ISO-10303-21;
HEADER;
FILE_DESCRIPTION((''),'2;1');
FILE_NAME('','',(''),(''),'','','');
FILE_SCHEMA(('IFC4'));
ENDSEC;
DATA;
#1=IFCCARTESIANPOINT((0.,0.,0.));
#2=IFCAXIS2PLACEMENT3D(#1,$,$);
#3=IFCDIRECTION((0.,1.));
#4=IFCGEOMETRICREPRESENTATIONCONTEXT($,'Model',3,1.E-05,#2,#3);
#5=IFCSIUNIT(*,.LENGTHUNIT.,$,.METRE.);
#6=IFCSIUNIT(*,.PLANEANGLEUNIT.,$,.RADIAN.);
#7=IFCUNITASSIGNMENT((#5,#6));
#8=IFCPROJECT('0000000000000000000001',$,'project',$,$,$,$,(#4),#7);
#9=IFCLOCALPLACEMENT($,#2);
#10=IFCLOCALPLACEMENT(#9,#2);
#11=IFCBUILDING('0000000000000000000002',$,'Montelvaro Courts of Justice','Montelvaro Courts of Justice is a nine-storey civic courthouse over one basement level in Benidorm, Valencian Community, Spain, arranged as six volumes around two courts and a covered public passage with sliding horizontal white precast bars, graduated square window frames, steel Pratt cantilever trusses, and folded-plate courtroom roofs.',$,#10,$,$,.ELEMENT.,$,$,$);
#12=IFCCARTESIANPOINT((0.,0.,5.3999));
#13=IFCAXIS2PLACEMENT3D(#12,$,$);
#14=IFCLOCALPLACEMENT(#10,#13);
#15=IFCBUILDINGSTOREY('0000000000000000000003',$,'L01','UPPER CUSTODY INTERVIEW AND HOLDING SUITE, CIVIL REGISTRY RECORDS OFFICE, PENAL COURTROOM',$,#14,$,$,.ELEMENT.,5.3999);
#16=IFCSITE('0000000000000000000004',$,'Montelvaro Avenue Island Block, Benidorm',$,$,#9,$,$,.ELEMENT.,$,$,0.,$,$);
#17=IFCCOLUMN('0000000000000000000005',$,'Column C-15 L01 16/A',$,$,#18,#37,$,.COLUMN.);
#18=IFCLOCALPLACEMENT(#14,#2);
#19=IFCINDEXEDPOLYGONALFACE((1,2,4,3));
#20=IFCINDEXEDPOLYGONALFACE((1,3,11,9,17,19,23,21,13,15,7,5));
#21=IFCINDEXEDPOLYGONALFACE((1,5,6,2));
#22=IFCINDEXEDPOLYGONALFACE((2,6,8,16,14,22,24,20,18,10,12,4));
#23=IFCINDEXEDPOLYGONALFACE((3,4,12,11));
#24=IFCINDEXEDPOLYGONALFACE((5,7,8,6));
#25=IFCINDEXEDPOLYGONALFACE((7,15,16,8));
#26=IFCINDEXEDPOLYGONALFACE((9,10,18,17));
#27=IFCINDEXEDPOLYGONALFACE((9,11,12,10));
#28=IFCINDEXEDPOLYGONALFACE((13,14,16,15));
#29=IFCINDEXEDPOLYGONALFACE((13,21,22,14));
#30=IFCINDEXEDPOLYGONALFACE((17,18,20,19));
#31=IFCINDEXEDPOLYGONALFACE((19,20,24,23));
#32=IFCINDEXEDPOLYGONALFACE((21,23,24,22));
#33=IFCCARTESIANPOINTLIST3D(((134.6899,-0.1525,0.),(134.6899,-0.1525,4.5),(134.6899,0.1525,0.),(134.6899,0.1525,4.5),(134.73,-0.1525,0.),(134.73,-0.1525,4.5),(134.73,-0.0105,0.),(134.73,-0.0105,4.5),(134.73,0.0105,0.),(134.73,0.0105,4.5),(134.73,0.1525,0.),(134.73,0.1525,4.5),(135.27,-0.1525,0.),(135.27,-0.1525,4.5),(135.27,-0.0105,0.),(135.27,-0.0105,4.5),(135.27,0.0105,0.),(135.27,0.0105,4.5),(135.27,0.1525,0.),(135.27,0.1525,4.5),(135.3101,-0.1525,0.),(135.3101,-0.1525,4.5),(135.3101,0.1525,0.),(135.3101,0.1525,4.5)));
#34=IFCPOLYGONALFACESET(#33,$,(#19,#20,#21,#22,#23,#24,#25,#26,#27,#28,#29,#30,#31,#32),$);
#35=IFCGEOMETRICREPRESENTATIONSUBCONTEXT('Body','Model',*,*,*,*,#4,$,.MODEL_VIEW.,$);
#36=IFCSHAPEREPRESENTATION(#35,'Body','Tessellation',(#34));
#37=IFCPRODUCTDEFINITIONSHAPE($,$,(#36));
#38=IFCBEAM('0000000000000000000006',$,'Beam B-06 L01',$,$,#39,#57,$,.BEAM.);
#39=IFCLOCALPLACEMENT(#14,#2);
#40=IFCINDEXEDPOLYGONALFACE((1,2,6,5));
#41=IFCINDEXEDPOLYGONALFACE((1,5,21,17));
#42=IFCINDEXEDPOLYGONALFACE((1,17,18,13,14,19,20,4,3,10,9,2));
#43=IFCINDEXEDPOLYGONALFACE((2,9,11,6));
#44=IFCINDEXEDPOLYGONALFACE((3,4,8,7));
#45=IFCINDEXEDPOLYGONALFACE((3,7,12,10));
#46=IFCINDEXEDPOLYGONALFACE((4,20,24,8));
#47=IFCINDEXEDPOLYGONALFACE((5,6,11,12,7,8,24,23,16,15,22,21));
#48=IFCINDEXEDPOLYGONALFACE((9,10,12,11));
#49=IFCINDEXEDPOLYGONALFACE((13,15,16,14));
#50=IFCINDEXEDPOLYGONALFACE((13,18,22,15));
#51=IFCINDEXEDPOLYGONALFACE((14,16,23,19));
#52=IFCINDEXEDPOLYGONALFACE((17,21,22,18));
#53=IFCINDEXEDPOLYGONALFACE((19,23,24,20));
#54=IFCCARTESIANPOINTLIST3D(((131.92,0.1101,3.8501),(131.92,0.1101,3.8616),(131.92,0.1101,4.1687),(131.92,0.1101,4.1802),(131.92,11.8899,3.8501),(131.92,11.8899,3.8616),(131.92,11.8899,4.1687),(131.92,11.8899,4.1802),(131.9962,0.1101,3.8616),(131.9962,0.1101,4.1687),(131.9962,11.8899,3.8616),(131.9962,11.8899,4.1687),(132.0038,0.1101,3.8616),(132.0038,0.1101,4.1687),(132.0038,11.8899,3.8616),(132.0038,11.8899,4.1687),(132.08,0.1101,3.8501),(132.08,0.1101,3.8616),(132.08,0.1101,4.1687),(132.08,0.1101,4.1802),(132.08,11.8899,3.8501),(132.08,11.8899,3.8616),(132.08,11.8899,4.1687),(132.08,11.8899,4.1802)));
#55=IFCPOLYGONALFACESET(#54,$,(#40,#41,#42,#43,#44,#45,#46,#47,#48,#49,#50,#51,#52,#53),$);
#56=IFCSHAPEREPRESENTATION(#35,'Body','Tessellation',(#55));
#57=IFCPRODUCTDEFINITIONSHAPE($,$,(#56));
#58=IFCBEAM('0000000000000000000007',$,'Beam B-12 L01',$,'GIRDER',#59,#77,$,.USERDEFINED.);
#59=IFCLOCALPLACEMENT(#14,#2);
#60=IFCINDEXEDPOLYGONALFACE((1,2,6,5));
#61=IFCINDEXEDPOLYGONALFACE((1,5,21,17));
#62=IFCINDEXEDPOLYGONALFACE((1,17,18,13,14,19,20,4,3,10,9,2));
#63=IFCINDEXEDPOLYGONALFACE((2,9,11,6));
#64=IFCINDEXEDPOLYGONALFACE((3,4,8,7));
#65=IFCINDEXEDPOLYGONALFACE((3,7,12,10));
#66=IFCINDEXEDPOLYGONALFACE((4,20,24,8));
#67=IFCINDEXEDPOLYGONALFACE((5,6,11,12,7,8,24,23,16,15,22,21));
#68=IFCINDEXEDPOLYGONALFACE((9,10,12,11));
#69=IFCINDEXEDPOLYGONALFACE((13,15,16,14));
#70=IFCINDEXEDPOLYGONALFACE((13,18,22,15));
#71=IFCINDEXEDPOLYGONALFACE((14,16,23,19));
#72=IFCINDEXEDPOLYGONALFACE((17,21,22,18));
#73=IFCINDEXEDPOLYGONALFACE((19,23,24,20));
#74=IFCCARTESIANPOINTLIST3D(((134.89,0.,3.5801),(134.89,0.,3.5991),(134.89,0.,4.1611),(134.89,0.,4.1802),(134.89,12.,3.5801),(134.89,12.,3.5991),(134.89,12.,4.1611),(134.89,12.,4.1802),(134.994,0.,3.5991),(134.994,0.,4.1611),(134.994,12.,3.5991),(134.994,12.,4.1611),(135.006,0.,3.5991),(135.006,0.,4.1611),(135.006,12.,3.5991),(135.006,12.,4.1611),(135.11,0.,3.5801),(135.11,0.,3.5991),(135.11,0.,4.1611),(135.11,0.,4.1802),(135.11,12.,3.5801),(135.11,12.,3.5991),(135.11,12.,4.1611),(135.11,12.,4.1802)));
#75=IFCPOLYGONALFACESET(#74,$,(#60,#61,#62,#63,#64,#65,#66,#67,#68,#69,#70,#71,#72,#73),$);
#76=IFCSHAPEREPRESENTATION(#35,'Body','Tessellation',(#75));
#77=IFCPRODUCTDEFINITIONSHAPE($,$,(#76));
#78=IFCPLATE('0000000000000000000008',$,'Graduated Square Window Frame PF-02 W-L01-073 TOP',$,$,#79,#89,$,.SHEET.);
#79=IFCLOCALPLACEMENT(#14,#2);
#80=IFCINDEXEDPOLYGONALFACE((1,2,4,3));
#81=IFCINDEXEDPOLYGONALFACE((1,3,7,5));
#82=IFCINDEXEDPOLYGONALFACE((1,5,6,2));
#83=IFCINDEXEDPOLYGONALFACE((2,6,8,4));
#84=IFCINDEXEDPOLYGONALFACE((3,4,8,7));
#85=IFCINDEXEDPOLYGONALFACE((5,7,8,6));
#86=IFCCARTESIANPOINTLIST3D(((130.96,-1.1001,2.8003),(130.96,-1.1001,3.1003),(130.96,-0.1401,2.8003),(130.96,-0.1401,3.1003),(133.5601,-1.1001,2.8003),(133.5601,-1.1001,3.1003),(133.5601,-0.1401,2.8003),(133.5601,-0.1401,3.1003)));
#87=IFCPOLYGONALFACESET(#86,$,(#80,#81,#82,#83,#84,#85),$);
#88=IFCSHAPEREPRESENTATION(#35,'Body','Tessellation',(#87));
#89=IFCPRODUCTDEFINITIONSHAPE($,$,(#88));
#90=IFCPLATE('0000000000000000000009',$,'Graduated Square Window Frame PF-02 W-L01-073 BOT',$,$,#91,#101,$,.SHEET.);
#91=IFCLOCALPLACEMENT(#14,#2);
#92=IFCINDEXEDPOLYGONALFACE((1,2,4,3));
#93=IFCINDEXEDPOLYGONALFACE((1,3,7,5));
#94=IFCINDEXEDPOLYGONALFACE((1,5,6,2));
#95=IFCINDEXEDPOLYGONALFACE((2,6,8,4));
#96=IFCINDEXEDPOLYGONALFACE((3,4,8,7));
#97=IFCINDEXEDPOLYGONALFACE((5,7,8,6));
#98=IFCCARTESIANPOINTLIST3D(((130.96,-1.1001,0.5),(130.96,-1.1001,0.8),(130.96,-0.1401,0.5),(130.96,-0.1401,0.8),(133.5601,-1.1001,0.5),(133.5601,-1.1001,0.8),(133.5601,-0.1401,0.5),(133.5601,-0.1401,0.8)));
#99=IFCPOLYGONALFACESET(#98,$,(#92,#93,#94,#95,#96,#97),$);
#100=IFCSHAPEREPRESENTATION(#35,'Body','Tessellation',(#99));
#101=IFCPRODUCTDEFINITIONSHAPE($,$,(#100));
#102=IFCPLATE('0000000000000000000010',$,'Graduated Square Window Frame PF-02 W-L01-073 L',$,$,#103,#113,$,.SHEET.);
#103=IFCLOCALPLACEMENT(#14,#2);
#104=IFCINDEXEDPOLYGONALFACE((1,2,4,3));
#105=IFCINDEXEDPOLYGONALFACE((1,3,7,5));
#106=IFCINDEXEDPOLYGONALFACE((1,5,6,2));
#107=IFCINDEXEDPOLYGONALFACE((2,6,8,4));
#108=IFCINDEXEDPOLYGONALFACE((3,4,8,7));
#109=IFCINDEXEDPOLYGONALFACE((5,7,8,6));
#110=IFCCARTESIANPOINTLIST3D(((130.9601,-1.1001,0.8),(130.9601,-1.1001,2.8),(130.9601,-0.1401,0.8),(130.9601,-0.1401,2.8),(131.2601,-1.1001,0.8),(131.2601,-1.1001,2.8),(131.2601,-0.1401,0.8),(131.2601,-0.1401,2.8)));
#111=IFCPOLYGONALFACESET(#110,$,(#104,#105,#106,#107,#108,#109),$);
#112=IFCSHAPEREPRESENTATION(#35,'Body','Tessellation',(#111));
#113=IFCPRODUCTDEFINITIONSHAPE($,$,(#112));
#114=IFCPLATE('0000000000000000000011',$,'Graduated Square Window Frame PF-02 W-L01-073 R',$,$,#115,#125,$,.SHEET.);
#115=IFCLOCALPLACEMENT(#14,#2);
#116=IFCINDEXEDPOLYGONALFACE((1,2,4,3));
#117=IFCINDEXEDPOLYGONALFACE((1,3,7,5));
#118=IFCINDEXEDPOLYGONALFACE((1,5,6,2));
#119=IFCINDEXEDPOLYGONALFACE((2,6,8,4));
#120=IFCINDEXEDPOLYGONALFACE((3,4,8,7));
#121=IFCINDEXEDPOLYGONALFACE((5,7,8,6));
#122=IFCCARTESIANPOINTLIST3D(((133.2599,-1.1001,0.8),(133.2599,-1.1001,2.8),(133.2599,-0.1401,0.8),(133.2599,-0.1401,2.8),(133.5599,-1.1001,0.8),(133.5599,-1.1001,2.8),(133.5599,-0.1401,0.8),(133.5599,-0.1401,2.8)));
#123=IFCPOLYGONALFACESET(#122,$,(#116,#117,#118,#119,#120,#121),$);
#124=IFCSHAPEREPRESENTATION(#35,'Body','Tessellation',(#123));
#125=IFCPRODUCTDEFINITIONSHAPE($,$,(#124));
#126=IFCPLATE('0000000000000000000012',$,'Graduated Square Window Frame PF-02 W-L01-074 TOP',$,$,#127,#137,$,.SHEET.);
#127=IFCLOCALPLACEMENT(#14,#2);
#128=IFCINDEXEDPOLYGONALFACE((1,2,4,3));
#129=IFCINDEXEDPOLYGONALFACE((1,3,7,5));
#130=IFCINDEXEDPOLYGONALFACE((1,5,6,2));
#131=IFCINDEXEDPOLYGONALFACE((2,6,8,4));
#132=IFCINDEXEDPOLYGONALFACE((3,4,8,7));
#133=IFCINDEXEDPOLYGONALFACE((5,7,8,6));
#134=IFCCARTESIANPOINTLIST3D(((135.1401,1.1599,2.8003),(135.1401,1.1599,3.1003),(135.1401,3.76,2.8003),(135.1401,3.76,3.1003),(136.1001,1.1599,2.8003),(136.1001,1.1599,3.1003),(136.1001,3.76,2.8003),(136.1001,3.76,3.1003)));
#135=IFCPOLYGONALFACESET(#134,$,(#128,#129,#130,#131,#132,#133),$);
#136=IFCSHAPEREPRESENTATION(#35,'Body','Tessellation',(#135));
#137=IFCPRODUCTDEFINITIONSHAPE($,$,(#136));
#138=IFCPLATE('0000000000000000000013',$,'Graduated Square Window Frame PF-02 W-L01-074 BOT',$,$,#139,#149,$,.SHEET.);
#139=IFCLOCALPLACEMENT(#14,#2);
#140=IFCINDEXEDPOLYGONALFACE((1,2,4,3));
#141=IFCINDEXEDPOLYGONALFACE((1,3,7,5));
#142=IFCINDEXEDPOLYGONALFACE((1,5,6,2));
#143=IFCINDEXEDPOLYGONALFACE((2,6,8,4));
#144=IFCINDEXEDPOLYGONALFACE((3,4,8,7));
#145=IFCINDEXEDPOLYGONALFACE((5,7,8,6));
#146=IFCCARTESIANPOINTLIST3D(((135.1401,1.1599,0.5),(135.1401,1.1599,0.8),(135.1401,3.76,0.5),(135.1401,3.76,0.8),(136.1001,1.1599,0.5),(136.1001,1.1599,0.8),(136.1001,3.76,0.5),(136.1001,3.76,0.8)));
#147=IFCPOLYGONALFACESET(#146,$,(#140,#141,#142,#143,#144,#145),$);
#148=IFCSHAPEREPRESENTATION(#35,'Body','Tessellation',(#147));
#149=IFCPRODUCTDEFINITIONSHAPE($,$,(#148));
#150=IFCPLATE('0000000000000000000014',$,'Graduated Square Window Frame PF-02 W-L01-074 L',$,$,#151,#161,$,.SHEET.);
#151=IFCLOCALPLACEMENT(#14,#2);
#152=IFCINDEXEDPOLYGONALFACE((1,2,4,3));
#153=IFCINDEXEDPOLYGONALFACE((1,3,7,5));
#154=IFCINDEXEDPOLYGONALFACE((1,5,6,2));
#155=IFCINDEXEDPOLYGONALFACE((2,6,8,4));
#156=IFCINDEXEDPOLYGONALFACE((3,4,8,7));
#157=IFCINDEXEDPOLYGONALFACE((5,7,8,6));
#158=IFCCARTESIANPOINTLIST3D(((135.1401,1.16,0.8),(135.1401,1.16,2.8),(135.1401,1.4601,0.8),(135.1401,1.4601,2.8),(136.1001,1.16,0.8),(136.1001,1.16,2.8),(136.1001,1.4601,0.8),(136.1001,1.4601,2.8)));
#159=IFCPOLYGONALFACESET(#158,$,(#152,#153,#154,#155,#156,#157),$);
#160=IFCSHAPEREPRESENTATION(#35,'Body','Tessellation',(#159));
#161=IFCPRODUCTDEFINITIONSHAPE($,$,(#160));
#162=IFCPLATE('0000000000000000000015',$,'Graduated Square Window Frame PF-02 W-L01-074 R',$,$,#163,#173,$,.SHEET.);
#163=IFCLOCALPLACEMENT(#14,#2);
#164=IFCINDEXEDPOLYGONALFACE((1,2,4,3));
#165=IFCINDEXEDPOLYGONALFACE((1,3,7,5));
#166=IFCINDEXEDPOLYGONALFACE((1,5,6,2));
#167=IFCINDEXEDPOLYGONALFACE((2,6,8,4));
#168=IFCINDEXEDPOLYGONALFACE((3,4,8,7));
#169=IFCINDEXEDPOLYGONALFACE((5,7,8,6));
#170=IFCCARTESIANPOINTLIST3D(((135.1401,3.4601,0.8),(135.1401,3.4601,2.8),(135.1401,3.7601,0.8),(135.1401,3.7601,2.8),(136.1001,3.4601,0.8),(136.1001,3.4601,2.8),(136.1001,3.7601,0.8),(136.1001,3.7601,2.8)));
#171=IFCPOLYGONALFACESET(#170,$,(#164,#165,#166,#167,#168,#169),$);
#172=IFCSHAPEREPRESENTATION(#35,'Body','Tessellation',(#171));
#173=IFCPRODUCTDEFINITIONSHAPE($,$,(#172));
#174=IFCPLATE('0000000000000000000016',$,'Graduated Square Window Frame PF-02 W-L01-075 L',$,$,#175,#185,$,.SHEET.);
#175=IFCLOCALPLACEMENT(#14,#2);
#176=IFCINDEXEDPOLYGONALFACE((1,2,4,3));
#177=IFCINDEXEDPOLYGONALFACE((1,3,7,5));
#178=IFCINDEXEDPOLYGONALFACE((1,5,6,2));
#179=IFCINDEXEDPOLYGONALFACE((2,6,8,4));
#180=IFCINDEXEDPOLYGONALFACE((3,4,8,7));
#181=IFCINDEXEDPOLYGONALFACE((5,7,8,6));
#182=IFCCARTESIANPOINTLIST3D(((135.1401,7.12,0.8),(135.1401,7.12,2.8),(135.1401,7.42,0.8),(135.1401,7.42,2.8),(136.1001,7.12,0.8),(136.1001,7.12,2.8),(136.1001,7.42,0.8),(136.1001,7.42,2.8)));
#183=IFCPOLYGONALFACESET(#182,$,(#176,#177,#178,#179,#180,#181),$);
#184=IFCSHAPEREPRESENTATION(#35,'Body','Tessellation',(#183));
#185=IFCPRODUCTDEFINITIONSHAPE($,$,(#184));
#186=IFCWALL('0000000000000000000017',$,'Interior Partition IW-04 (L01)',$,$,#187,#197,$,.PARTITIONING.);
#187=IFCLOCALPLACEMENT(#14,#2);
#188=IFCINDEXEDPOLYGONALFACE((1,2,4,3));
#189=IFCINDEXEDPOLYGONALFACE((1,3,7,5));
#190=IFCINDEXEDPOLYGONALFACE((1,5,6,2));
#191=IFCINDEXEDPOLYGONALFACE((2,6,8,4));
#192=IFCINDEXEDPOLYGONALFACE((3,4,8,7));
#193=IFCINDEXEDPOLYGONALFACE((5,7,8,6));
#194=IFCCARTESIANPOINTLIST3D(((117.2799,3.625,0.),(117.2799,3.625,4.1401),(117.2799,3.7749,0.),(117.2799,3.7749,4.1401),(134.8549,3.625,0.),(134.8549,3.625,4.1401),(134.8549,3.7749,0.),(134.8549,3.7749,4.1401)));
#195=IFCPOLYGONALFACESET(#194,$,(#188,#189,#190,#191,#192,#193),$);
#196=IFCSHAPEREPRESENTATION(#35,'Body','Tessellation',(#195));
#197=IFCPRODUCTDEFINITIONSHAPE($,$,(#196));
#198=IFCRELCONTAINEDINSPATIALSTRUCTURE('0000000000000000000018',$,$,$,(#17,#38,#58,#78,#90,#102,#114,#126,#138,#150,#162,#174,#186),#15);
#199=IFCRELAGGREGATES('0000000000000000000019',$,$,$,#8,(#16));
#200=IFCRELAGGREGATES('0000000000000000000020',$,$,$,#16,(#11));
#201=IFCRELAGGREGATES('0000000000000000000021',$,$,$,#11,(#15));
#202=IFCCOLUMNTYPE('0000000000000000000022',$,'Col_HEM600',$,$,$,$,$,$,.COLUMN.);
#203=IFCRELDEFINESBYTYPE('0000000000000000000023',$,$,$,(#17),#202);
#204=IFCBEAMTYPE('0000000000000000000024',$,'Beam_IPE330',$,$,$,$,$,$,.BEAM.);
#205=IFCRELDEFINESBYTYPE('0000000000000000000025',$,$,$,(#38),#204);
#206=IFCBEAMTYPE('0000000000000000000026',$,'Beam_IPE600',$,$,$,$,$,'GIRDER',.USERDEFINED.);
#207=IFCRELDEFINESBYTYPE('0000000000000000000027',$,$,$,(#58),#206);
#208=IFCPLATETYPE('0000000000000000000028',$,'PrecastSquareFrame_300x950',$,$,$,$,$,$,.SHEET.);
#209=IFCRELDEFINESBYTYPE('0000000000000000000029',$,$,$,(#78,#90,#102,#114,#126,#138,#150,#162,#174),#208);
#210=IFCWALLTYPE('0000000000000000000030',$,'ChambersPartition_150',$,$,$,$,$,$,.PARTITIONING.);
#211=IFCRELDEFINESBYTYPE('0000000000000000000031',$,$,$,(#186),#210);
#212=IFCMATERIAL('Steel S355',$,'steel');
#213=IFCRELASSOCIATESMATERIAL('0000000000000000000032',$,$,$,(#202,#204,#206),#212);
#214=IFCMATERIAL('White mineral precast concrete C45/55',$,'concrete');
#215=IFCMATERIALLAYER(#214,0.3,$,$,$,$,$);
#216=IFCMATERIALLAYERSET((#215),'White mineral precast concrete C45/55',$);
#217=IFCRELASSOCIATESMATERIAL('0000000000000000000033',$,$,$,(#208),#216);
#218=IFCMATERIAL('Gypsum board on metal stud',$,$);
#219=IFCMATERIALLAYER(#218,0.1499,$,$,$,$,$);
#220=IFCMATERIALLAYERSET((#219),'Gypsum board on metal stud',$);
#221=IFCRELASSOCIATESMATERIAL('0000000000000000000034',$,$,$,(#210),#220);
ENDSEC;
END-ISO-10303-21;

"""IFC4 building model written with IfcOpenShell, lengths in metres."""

from ifc_helpers import new_model, si_unit, direction, frame, frame_2d, origin, origin_2d, place, context, subcontext, project, spatial, rectangle, i_section, extrude, material, layer, layer_set, material_profile, profile_set, type_object, element, save


model = new_model("IFC4")

# Units and contexts
model_context = context("Model", 3, precision=1e-05, world=origin(), true_north=direction((0.0, 1.0)))
body_context = subcontext(model_context, "Body", "Model", "MODEL_VIEW")
ifc_project = project(units=[si_unit("LENGTHUNIT", "METRE"), si_unit("PLANEANGLEUNIT", "RADIAN")], contexts=[model_context])

# Site, building, storey
site_placement = place(None, origin())
site = spatial("IfcSite", under=ifc_project, at=site_placement, Name="Montelvaro Avenue Island Block, Benidorm", CompositionType="ELEMENT", RefElevation=0.0)
building_placement = place(site_placement, origin())
building = spatial("IfcBuilding", under=site, at=building_placement, Name="Montelvaro Courts of Justice", Description="Montelvaro Courts of Justice is a nine-storey civic courthouse over one basement level in Benidorm, Valencian Community, Spain, arranged as six volumes around two courts and a covered public passage with sliding horizontal white precast bars, graduated square window frames, steel Pratt cantilever trusses, and folded-plate courtroom roofs.", CompositionType="ELEMENT")
storey_placement = place(building_placement, frame((0.0, 0.0, 5.3999)))
storey = spatial("IfcBuildingStorey", under=building, at=storey_placement, Name="L01", Description="UPPER CUSTODY INTERVIEW AND HOLDING SUITE, CIVIL REGISTRY RECORDS OFFICE, PENAL COURTROOM", CompositionType="ELEMENT", Elevation=5.3999)

# Column
ifc_material_1 = material(Name="Steel S355", Category="steel")
ifc_material_profile_1 = material_profile(ifc_material_1, i_section(OverallWidth=0.3049, OverallDepth=0.6201, WebThickness=0.021, FlangeThickness=0.04, at=origin_2d()), Name="HEM 600")
ifc_profile_set_1 = profile_set([ifc_material_profile_1], Name="Steel S355")
column_type = type_object("IfcColumnType", Name="Col_HEM600", PredefinedType="COLUMN", material=ifc_profile_set_1)
column_placement = place(storey_placement, frame((135.0, 0.0, 0.0), z_axis=(0.0, 0.0, 1.0), x_axis=(0.0, 1.0, 0.0)))
element("IfcColumn", 1, at=column_placement, inside=storey, type_object=column_type, Name="Column C-15 L01 16/A", PredefinedType="COLUMN", context=body_context, shape_type="SweptSolid", body=[
    extrude(i_section(OverallWidth=0.3049, OverallDepth=0.6201, WebThickness=0.021, FlangeThickness=0.04, at=origin_2d()), origin(), (0.0, 0.0, 1.0), 4.5),
])

# Beams
ifc_material_profile_2 = material_profile(ifc_material_1, i_section(OverallWidth=0.1599, OverallDepth=0.3301, WebThickness=0.0076, FlangeThickness=0.0115, at=origin_2d()), Name="IPE 330")
ifc_profile_set_2 = profile_set([ifc_material_profile_2], Name="Steel S355")
beam_type_1 = type_object("IfcBeamType", Name="Beam_IPE330", PredefinedType="BEAM", material=ifc_profile_set_2)
beam_1_placement = place(storey_placement, frame((132.0, 0.1101, 4.0151), z_axis=(0.0, 1.0, 0.0), x_axis=(-1.0, 0.0, 0.0)))
element("IfcBeam", 2, at=beam_1_placement, inside=storey, type_object=beam_type_1, Name="Beam B-06 L01", PredefinedType="BEAM", context=body_context, shape_type="SweptSolid", body=[
    extrude(i_section(OverallWidth=0.1599, OverallDepth=0.3301, WebThickness=0.0076, FlangeThickness=0.0115, at=origin_2d()), origin(), (0.0, 0.0, 1.0), 11.7798),
])
ifc_material_profile_3 = material_profile(ifc_material_1, i_section(OverallWidth=0.22, OverallDepth=0.6001, WebThickness=0.012, FlangeThickness=0.019, at=origin_2d()), Name="IPE 600")
ifc_profile_set_3 = profile_set([ifc_material_profile_3], Name="Steel S355")
beam_type_2 = type_object("IfcBeamType", Name="Beam_IPE600", ElementType="GIRDER", PredefinedType="USERDEFINED", material=ifc_profile_set_3)
beam_2_placement = place(storey_placement, frame((135.0, 0.0, 3.8801), z_axis=(0.0, 1.0, 0.0), x_axis=(-1.0, 0.0, 0.0)))
element("IfcBeam", 3, at=beam_2_placement, inside=storey, type_object=beam_type_2, Name="Beam B-12 L01", ObjectType="GIRDER", PredefinedType="USERDEFINED", context=body_context, shape_type="SweptSolid", body=[
    extrude(i_section(OverallWidth=0.22, OverallDepth=0.6001, WebThickness=0.012, FlangeThickness=0.019, at=origin_2d()), origin(), (0.0, 0.0, 1.0), 12.0),
])

# Plates
ifc_material_2 = material(Name="White mineral precast concrete C45/55", Category="concrete")
ifc_layer_1 = layer(ifc_material_2, 0.3)
ifc_layer_set_1 = layer_set([ifc_layer_1], Name="White mineral precast concrete C45/55")
plate_type = type_object("IfcPlateType", Name="PrecastSquareFrame_300x950", PredefinedType="SHEET", material=ifc_layer_set_1)
for number, where, z_axis, x_axis, name in (
    (4, (132.26, -0.6201, 2.8003), (0.0, 0.0, 1.0), (1.0, 0.0, 0.0), "Graduated Square Window Frame PF-02 W-L01-073 TOP"),
    (5, (132.26, -0.6201, 0.5), (0.0, 0.0, 1.0), (1.0, 0.0, 0.0), "Graduated Square Window Frame PF-02 W-L01-073 BOT"),
):
    element("IfcPlate", number, at=place(storey_placement, frame(where, z_axis=z_axis, x_axis=x_axis)), inside=storey, type_object=plate_type, Name=name, PredefinedType="SHEET", context=body_context, shape_type="SweptSolid", body=[
        extrude(rectangle(XDim=2.6001, YDim=0.96, at=origin_2d()), origin(), (0.0, 0.0, 1.0), 0.3),
    ])
for number, where, z_axis, x_axis, name in (
    (6, (131.1101, -0.6201, 0.8), (0.0, 0.0, 1.0), (1.0, 0.0, 0.0), "Graduated Square Window Frame PF-02 W-L01-073 L"),
    (7, (133.4099, -0.6201, 0.8), (0.0, 0.0, 1.0), (1.0, 0.0, 0.0), "Graduated Square Window Frame PF-02 W-L01-073 R"),
):
    element("IfcPlate", number, at=place(storey_placement, frame(where, z_axis=z_axis, x_axis=x_axis)), inside=storey, type_object=plate_type, Name=name, PredefinedType="SHEET", context=body_context, shape_type="SweptSolid", body=[
        extrude(rectangle(XDim=0.3, YDim=0.96, at=origin_2d()), origin(), (0.0, 0.0, 1.0), 2.0),
    ])
for number, where, z_axis, x_axis, name in (
    (8, (135.6201, 2.46, 2.8003), (0.0, 0.0, 1.0), (0.0, 1.0, 0.0), "Graduated Square Window Frame PF-02 W-L01-074 TOP"),
    (9, (135.6201, 2.46, 0.5), (0.0, 0.0, 1.0), (0.0, 1.0, 0.0), "Graduated Square Window Frame PF-02 W-L01-074 BOT"),
):
    element("IfcPlate", number, at=place(storey_placement, frame(where, z_axis=z_axis, x_axis=x_axis)), inside=storey, type_object=plate_type, Name=name, PredefinedType="SHEET", context=body_context, shape_type="SweptSolid", body=[
        extrude(rectangle(XDim=2.6001, YDim=0.96, at=origin_2d()), origin(), (0.0, 0.0, 1.0), 0.3),
    ])
for number, where, z_axis, x_axis, name in (
    (10, (135.6201, 1.3101, 0.8), (0.0, 0.0, 1.0), (0.0, 1.0, 0.0), "Graduated Square Window Frame PF-02 W-L01-074 L"),
    (11, (135.6201, 3.6101, 0.8), (0.0, 0.0, 1.0), (0.0, 1.0, 0.0), "Graduated Square Window Frame PF-02 W-L01-074 R"),
    (12, (135.6201, 7.27, 0.8), (0.0, 0.0, 1.0), (0.0, 1.0, 0.0), "Graduated Square Window Frame PF-02 W-L01-075 L"),
):
    element("IfcPlate", number, at=place(storey_placement, frame(where, z_axis=z_axis, x_axis=x_axis)), inside=storey, type_object=plate_type, Name=name, PredefinedType="SHEET", context=body_context, shape_type="SweptSolid", body=[
        extrude(rectangle(XDim=0.3, YDim=0.96, at=origin_2d()), origin(), (0.0, 0.0, 1.0), 2.0),
    ])

# Wall
ifc_material_3 = material(Name="Gypsum board on metal stud")
ifc_layer_2 = layer(ifc_material_3, 0.1499)
ifc_layer_set_2 = layer_set([ifc_layer_2], Name="Gypsum board on metal stud")
wall_type_1 = type_object("IfcWallType", Name="ChambersPartition_150", PredefinedType="PARTITIONING", material=ifc_layer_set_2)
wall_1_placement = place(storey_placement, frame((134.855, 3.7, 0.0), z_axis=(0.0, 0.0, 1.0), x_axis=(-1.0, 0.0, 0.0)))
element("IfcWall", 13, at=wall_1_placement, inside=storey, type_object=wall_type_1, Name="Interior Partition IW-04 (L01)", PredefinedType="PARTITIONING", context=body_context, shape_type="SweptSolid", body=[
    extrude(rectangle(XDim=17.575, YDim=0.1499, at=frame_2d((8.7876, 0.0))), origin(), (0.0, 0.0, 1.0), 4.1401),
])

save(model, "model.ifc")
